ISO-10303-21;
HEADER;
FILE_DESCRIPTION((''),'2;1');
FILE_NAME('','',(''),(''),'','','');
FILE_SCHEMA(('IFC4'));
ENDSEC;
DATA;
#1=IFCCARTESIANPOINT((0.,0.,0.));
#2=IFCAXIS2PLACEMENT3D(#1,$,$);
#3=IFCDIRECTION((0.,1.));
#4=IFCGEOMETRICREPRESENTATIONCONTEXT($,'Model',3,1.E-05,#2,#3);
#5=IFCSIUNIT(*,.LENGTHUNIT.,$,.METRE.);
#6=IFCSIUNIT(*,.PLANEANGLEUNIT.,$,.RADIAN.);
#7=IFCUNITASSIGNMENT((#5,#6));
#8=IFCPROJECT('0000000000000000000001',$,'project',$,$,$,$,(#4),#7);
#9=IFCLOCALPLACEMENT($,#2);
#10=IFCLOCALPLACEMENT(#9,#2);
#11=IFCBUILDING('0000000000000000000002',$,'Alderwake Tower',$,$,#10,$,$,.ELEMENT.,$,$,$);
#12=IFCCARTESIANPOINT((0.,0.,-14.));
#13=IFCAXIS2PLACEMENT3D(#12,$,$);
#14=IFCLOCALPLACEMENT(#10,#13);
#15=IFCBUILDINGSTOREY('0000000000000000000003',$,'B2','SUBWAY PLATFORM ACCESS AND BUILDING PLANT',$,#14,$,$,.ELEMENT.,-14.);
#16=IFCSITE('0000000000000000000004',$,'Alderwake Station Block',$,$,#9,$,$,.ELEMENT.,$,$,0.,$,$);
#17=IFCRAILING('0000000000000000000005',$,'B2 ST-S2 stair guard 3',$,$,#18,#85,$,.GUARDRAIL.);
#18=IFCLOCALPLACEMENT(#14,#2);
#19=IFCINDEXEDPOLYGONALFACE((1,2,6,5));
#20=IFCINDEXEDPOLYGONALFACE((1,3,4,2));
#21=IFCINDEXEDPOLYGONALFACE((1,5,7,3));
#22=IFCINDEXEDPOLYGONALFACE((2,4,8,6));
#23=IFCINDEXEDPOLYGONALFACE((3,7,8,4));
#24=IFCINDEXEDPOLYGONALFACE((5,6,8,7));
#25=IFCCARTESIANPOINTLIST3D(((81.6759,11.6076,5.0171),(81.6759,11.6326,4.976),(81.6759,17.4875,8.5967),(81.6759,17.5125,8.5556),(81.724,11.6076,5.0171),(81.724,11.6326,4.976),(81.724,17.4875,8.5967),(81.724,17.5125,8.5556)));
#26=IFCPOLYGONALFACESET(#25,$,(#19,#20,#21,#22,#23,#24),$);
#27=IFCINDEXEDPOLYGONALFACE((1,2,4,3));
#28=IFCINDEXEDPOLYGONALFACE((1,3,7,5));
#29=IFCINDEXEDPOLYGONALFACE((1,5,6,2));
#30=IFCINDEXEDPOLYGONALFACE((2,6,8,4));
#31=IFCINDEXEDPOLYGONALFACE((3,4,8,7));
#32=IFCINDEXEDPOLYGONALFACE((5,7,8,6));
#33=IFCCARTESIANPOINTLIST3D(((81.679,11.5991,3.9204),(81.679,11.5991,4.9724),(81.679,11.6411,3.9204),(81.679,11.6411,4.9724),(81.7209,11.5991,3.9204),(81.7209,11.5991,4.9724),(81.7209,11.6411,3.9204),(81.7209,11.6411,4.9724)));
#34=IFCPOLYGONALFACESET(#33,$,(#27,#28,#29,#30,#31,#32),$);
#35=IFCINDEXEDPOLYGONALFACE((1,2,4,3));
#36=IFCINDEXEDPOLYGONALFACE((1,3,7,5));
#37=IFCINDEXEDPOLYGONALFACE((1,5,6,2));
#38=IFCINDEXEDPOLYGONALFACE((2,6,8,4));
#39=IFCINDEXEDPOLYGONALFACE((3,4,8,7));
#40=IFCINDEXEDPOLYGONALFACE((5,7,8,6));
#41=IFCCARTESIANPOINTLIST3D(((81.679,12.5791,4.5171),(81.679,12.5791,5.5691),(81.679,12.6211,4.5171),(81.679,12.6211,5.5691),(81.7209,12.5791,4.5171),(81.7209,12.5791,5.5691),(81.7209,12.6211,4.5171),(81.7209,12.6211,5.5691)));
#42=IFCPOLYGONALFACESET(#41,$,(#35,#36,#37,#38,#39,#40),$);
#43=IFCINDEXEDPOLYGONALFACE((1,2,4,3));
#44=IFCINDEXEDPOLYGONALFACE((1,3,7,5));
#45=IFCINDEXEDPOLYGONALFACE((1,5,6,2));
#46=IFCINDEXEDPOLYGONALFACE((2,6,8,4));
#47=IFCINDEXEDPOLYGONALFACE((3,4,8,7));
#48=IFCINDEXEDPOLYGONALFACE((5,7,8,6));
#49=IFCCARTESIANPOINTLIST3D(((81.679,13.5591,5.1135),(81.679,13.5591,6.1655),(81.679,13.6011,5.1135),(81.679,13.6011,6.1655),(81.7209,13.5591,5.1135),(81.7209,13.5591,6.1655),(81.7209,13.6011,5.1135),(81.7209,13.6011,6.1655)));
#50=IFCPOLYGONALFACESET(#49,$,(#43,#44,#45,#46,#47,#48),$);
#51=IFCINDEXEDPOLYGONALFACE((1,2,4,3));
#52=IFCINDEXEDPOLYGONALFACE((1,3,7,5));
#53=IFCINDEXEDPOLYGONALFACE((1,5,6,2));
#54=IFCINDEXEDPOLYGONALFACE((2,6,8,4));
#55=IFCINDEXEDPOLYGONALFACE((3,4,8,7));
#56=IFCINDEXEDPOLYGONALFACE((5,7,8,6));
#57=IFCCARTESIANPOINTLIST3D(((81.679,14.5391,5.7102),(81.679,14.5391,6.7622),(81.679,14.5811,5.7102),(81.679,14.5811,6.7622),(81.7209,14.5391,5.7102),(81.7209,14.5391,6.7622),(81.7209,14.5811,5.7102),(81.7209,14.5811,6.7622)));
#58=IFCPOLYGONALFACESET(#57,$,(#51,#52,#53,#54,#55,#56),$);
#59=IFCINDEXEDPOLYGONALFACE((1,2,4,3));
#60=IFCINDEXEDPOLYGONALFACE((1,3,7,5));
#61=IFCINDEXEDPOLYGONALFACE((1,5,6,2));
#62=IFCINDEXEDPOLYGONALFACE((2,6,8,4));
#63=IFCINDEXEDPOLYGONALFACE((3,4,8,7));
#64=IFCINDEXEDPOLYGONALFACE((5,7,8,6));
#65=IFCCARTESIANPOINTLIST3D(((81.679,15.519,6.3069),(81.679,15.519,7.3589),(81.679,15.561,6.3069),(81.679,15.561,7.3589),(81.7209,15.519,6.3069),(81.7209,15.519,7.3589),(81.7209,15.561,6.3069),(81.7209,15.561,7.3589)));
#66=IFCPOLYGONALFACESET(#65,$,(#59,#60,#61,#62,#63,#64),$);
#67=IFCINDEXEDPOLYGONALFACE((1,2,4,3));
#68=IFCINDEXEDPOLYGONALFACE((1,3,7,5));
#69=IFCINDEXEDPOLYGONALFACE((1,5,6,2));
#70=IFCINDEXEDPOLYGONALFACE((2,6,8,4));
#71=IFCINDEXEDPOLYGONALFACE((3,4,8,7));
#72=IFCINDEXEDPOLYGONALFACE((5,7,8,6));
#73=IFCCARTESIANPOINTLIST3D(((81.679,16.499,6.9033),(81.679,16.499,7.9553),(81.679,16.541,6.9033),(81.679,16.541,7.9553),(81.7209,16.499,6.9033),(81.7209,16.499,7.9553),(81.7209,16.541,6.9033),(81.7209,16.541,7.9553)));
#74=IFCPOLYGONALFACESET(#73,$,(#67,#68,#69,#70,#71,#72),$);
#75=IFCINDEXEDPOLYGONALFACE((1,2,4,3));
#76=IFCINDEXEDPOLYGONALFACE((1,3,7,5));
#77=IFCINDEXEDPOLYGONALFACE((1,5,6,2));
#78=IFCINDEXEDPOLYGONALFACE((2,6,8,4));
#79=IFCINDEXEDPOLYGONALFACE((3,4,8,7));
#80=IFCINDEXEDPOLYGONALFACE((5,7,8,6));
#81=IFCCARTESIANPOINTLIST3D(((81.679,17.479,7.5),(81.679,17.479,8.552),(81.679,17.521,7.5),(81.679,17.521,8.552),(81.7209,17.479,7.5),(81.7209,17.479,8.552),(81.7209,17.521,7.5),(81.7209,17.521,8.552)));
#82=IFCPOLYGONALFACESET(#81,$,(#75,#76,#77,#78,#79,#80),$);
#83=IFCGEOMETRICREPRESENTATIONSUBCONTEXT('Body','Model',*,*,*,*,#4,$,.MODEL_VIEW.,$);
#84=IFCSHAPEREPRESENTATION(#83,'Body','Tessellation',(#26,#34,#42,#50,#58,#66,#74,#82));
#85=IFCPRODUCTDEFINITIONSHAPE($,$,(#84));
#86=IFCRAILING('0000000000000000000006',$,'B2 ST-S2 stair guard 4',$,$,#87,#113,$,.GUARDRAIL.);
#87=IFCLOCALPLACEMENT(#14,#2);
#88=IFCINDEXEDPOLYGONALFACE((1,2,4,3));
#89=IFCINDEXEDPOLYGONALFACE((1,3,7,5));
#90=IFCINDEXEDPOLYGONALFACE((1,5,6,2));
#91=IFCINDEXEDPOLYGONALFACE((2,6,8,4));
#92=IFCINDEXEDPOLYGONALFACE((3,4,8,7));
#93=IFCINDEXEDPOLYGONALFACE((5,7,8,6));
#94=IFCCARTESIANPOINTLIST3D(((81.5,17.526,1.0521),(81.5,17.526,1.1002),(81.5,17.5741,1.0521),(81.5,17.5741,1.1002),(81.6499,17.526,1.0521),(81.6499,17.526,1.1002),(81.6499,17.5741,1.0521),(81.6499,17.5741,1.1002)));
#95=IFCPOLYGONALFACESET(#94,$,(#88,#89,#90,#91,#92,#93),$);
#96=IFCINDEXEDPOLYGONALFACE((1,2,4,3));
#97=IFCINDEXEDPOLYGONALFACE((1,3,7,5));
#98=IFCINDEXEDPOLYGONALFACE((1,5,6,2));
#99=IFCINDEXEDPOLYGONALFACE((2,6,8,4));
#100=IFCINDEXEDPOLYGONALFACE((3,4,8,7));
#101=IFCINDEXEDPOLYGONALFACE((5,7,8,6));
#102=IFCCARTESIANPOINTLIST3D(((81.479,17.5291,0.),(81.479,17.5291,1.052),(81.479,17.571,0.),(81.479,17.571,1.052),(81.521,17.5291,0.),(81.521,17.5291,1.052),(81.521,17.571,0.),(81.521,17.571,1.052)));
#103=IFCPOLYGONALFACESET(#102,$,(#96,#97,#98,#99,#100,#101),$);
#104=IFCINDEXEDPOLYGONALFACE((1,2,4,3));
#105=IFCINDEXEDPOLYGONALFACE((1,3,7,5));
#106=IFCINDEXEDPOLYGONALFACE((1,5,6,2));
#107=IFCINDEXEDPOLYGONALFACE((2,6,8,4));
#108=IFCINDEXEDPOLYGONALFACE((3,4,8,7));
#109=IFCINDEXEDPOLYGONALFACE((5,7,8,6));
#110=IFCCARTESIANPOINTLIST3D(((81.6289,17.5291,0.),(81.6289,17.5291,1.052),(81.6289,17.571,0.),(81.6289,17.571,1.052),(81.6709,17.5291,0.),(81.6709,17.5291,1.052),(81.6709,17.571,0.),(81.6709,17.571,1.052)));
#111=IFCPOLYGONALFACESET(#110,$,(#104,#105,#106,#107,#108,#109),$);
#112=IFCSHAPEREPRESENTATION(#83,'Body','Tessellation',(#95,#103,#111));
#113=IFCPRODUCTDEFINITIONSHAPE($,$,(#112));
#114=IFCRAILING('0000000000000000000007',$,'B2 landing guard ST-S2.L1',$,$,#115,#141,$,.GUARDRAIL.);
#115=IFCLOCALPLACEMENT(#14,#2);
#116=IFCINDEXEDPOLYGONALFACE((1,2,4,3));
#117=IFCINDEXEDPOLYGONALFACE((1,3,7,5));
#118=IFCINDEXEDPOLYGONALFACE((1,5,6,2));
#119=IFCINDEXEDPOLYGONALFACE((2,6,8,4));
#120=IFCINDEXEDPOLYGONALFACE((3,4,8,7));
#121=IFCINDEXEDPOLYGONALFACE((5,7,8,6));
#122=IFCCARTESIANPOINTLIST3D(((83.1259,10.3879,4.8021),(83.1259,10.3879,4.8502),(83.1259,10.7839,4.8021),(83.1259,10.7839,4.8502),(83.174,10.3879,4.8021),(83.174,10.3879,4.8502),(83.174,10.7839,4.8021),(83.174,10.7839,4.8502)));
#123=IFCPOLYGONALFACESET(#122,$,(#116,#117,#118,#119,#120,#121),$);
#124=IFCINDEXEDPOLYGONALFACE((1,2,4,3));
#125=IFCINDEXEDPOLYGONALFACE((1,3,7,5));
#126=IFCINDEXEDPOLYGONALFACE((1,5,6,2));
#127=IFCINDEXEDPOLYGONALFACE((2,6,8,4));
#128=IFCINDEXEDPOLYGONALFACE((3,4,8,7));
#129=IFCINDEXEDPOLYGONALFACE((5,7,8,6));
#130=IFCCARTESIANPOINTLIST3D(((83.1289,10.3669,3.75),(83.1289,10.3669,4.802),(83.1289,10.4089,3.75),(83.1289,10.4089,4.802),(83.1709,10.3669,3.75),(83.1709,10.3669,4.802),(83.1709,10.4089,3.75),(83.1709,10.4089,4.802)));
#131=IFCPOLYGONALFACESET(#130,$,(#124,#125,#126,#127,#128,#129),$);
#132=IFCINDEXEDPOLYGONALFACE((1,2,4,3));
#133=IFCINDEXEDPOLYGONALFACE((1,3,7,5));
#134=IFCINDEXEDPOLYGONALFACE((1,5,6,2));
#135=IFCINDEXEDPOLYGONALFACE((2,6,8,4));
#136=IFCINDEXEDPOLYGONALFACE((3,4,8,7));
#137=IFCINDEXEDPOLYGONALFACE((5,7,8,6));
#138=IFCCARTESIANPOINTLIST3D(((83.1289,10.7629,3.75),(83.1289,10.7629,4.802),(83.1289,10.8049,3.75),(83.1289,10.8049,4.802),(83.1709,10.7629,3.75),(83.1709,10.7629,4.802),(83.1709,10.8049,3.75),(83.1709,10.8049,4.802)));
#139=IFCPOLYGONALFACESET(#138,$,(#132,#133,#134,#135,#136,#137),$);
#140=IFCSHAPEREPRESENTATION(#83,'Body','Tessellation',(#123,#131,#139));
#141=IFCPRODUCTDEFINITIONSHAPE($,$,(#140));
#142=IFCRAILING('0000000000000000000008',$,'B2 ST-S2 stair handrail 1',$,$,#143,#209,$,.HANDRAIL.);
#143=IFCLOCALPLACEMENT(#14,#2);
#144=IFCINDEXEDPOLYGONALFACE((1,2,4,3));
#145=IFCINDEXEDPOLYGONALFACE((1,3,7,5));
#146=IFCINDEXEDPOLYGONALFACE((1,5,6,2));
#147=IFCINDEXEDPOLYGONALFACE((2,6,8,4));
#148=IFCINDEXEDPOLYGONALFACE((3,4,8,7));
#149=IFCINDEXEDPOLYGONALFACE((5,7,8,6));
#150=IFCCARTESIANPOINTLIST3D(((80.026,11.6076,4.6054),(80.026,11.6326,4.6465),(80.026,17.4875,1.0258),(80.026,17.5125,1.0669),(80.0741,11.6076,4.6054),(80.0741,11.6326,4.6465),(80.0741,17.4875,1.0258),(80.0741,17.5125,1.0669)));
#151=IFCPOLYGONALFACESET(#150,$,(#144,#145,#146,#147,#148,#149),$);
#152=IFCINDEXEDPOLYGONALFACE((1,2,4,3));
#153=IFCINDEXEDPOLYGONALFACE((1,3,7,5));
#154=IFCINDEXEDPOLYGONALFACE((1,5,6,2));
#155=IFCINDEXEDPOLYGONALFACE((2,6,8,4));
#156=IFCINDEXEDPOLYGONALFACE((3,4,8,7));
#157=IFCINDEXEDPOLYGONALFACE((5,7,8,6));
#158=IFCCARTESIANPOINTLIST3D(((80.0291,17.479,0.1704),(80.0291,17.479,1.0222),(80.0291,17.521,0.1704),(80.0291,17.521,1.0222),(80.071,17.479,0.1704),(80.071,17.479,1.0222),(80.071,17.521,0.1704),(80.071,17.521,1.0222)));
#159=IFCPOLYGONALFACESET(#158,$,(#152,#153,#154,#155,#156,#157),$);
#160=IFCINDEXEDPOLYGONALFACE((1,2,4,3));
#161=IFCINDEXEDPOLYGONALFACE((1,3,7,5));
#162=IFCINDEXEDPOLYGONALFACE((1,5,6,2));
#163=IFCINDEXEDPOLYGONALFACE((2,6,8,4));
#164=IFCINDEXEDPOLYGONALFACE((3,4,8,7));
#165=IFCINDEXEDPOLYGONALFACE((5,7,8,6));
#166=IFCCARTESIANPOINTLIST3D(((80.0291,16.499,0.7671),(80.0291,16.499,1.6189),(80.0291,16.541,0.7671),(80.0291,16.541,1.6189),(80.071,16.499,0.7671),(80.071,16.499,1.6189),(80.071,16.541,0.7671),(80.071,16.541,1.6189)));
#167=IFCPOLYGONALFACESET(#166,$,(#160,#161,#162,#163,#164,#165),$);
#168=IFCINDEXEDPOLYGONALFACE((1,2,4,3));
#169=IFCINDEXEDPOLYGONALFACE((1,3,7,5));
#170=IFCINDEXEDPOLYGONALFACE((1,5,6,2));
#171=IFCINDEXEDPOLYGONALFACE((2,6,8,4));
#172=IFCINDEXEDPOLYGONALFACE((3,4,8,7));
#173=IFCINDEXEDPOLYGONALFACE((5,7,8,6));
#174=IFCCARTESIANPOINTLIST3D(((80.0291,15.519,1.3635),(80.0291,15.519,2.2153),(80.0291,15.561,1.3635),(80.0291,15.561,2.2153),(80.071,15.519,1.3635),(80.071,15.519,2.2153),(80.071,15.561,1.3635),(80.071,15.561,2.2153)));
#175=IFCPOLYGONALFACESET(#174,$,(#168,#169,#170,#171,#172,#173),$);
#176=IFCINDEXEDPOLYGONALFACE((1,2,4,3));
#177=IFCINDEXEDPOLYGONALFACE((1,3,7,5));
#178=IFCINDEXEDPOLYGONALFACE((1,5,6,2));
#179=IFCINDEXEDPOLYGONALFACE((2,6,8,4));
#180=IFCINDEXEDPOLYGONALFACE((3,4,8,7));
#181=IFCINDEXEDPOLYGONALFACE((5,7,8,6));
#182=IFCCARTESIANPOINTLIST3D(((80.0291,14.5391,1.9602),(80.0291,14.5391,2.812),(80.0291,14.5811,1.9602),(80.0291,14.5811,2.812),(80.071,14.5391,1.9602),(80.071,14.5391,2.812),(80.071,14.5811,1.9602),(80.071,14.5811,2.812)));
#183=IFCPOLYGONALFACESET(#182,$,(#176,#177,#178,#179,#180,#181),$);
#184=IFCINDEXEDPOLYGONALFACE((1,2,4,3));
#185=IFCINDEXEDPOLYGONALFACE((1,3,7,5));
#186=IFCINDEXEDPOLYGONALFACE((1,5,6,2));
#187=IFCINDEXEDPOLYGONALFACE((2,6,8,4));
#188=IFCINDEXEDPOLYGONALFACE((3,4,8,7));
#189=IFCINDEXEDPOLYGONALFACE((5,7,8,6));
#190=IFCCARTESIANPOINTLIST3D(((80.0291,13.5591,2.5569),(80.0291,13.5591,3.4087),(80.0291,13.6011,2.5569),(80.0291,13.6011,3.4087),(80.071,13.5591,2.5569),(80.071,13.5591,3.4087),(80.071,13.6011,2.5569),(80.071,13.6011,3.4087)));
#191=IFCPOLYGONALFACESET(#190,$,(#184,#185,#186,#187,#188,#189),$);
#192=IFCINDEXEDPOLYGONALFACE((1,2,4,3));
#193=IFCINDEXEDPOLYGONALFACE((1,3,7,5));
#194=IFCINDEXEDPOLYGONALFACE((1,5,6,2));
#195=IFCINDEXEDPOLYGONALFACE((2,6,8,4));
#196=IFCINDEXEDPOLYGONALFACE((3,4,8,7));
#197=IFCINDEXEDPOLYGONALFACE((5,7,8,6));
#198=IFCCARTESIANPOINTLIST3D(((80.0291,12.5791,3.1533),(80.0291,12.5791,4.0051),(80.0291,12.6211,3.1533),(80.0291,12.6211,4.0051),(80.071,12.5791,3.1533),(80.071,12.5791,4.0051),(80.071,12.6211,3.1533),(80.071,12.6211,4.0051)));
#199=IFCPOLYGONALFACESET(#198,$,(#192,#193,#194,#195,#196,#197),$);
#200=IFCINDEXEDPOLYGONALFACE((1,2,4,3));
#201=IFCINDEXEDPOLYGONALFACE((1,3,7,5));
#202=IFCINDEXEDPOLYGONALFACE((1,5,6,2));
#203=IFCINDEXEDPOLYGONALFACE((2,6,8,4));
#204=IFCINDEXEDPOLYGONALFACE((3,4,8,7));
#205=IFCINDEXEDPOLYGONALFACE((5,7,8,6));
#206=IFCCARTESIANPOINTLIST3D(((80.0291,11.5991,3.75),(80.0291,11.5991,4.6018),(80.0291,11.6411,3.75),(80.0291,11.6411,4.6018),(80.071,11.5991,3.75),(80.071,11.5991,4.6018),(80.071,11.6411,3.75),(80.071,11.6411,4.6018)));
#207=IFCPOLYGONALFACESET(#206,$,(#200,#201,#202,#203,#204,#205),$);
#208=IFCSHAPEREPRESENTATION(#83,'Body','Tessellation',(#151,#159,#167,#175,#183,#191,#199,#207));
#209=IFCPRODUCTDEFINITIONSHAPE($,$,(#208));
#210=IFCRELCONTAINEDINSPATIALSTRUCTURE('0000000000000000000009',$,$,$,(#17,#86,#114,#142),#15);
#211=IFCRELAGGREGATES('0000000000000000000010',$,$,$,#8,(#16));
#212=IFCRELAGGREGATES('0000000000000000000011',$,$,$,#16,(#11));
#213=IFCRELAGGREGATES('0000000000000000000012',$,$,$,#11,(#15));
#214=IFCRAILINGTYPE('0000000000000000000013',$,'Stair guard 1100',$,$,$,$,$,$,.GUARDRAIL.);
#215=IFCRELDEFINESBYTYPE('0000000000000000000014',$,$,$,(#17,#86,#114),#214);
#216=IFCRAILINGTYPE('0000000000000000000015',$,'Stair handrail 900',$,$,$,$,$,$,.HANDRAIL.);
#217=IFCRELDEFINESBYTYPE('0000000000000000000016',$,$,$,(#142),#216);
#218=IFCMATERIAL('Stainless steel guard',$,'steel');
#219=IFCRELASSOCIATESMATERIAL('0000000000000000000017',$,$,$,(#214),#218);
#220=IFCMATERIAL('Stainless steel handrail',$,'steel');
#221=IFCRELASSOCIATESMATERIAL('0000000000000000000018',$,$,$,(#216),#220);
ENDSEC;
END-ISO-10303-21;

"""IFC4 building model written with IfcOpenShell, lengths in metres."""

from ifc_helpers import new_model, si_unit, direction, frame, origin, origin_with_axes, origin_2d, place, context, subcontext, project, spatial, rectangle, extrude, material, type_object, element, save


model = new_model("IFC4")

# Units and contexts
model_context = context("Model", 3, precision=1e-05, world=origin(), true_north=direction((0.0, 1.0)))
body_context = subcontext(model_context, "Body", "Model", "MODEL_VIEW")
ifc_project = project(units=[si_unit("LENGTHUNIT", "METRE"), si_unit("PLANEANGLEUNIT", "RADIAN")], contexts=[model_context])

# Site, building, storey
site_placement = place(None, origin())
site = spatial("IfcSite", under=ifc_project, at=site_placement, Name="Alderwake Station Block", CompositionType="ELEMENT", RefElevation=0.0)
building_placement = place(site_placement, origin())
building = spatial("IfcBuilding", under=site, at=building_placement, Name="Alderwake Tower", CompositionType="ELEMENT")
storey_placement = place(building_placement, frame((0.0, 0.0, -14.0)))
storey = spatial("IfcBuildingStorey", under=building, at=storey_placement, Name="B2", Description="SUBWAY PLATFORM ACCESS AND BUILDING PLANT", CompositionType="ELEMENT", Elevation=-14.0)

# Railings
ifc_material_1 = material(Name="Stainless steel guard", Category="steel")
railing_type_1 = type_object("IfcRailingType", Name="Stair guard 1100", PredefinedType="GUARDRAIL", material=ifc_material_1)
railing_1_placement = place(storey_placement, frame((81.7, 11.6201, 3.9204)))
element("IfcRailing", 1, at=railing_1_placement, inside=storey, type_object=railing_type_1, Name="B2 ST-S2 stair guard 3", PredefinedType="GUARDRAIL", context=body_context, shape_type="SweptSolid", body=[
    extrude(rectangle(XDim=0.0481, YDim=0.0481, at=origin_2d()), frame((0.0, 0.0, 1.0762), z_axis=(0.0, 0.854164, 0.520003), x_axis=(-1.0, 0.0, 0.0)), (0.0, 0.0, 1.0), 6.8838),
    extrude(rectangle(XDim=0.042, YDim=0.042, at=origin_2d()), frame((0.0, 0.0, 0.0), z_axis=(0.0, 0.0, 1.0), x_axis=(0.0, 1.0, 0.0)), (0.0, 0.0, 1.0), 1.052),
    extrude(rectangle(XDim=0.042, YDim=0.042, at=origin_2d()), frame((0.0, 0.98, 0.5967), z_axis=(0.0, 0.0, 1.0), x_axis=(0.0, 1.0, 0.0)), (0.0, 0.0, 1.0), 1.052),
    extrude(rectangle(XDim=0.042, YDim=0.042, at=origin_2d()), frame((0.0, 1.96, 1.1931), z_axis=(0.0, 0.0, 1.0), x_axis=(0.0, 1.0, 0.0)), (0.0, 0.0, 1.0), 1.052),
    extrude(rectangle(XDim=0.042, YDim=0.042, at=origin_2d()), frame((0.0, 2.9399, 1.7898), z_axis=(0.0, 0.0, 1.0), x_axis=(0.0, 1.0, 0.0)), (0.0, 0.0, 1.0), 1.052),
    extrude(rectangle(XDim=0.042, YDim=0.042, at=origin_2d()), frame((0.0, 3.9199, 2.3865), z_axis=(0.0, 0.0, 1.0), x_axis=(0.0, 1.0, 0.0)), (0.0, 0.0, 1.0), 1.052),
    extrude(rectangle(XDim=0.042, YDim=0.042, at=origin_2d()), frame((0.0, 4.8999, 2.9829), z_axis=(0.0, 0.0, 1.0), x_axis=(0.0, 1.0, 0.0)), (0.0, 0.0, 1.0), 1.052),
    extrude(rectangle(XDim=0.042, YDim=0.042, at=origin_2d()), frame((0.0, 5.8799, 3.5796), z_axis=(0.0, 0.0, 1.0), x_axis=(0.0, 1.0, 0.0)), (0.0, 0.0, 1.0), 1.052),
])
railing_2_placement = place(storey_placement, frame((81.5, 17.55, 0.0)))
element("IfcRailing", 2, at=railing_2_placement, inside=storey, type_object=railing_type_1, Name="B2 ST-S2 stair guard 4", PredefinedType="GUARDRAIL", context=body_context, shape_type="SweptSolid", body=[
    extrude(rectangle(XDim=0.0481, YDim=0.0481, at=origin_2d()), frame((0.0, 0.0, 1.0762), z_axis=(1.0, 0.0, 0.0), x_axis=(0.0, 1.0, 0.0)), (0.0, 0.0, 1.0), 0.1499),
    extrude(rectangle(XDim=0.042, YDim=0.042, at=origin_2d()), origin_with_axes(), (0.0, 0.0, 1.0), 1.052),
    extrude(rectangle(XDim=0.042, YDim=0.042, at=origin_2d()), frame((0.1499, 0.0, 0.0), z_axis=(0.0, 0.0, 1.0), x_axis=(1.0, 0.0, 0.0)), (0.0, 0.0, 1.0), 1.052),
])
railing_3_placement = place(storey_placement, frame((83.1499, 10.3879, 3.75)))
element("IfcRailing", 3, at=railing_3_placement, inside=storey, type_object=railing_type_1, Name="B2 landing guard ST-S2.L1", PredefinedType="GUARDRAIL", context=body_context, shape_type="SweptSolid", body=[
    extrude(rectangle(XDim=0.0481, YDim=0.0481, at=origin_2d()), frame((0.0, 0.0, 1.0762), z_axis=(0.0, 1.0, 0.0), x_axis=(-1.0, 0.0, 0.0)), (0.0, 0.0, 1.0), 0.396),
    extrude(rectangle(XDim=0.042, YDim=0.042, at=origin_2d()), frame((0.0, 0.0, 0.0), z_axis=(0.0, 0.0, 1.0), x_axis=(0.0, 1.0, 0.0)), (0.0, 0.0, 1.0), 1.052),
    extrude(rectangle(XDim=0.042, YDim=0.042, at=origin_2d()), frame((0.0, 0.396, 0.0), z_axis=(0.0, 0.0, 1.0), x_axis=(0.0, 1.0, 0.0)), (0.0, 0.0, 1.0), 1.052),
])
ifc_material_2 = material(Name="Stainless steel handrail", Category="steel")
railing_type_2 = type_object("IfcRailingType", Name="Stair handrail 900", PredefinedType="HANDRAIL", material=ifc_material_2)
railing_4_placement = place(storey_placement, frame((80.05, 17.5, 0.1704)))
element("IfcRailing", 4, at=railing_4_placement, inside=storey, type_object=railing_type_2, Name="B2 ST-S2 stair handrail 1", PredefinedType="HANDRAIL", context=body_context, shape_type="SweptSolid", body=[
    extrude(rectangle(XDim=0.0481, YDim=0.0481, at=origin_2d()), frame((0.0, 0.0, 0.876), z_axis=(0.0, -0.854164, 0.520003), x_axis=(1.0, 0.0, 0.0)), (0.0, 0.0, 1.0), 6.8838),
    extrude(rectangle(XDim=0.042, YDim=0.042, at=origin_2d()), frame((0.0, 0.0, 0.0), z_axis=(0.0, 0.0, 1.0), x_axis=(0.0, -1.0, 0.0)), (0.0, 0.0, 1.0), 0.8518),
    extrude(rectangle(XDim=0.042, YDim=0.042, at=origin_2d()), frame((0.0, -0.98, 0.5967), z_axis=(0.0, 0.0, 1.0), x_axis=(0.0, -1.0, 0.0)), (0.0, 0.0, 1.0), 0.8518),
    extrude(rectangle(XDim=0.042, YDim=0.042, at=origin_2d()), frame((0.0, -1.96, 1.1931), z_axis=(0.0, 0.0, 1.0), x_axis=(0.0, -1.0, 0.0)), (0.0, 0.0, 1.0), 0.8518),
    extrude(rectangle(XDim=0.042, YDim=0.042, at=origin_2d()), frame((0.0, -2.9399, 1.7898), z_axis=(0.0, 0.0, 1.0), x_axis=(0.0, -1.0, 0.0)), (0.0, 0.0, 1.0), 0.8518),
    extrude(rectangle(XDim=0.042, YDim=0.042, at=origin_2d()), frame((0.0, -3.9199, 2.3865), z_axis=(0.0, 0.0, 1.0), x_axis=(0.0, -1.0, 0.0)), (0.0, 0.0, 1.0), 0.8518),
    extrude(rectangle(XDim=0.042, YDim=0.042, at=origin_2d()), frame((0.0, -4.8999, 2.9829), z_axis=(0.0, 0.0, 1.0), x_axis=(0.0, -1.0, 0.0)), (0.0, 0.0, 1.0), 0.8518),
    extrude(rectangle(XDim=0.042, YDim=0.042, at=origin_2d()), frame((0.0, -5.8799, 3.5796), z_axis=(0.0, 0.0, 1.0), x_axis=(0.0, -1.0, 0.0)), (0.0, 0.0, 1.0), 0.8518),
])

save(model, "model.ifc")
